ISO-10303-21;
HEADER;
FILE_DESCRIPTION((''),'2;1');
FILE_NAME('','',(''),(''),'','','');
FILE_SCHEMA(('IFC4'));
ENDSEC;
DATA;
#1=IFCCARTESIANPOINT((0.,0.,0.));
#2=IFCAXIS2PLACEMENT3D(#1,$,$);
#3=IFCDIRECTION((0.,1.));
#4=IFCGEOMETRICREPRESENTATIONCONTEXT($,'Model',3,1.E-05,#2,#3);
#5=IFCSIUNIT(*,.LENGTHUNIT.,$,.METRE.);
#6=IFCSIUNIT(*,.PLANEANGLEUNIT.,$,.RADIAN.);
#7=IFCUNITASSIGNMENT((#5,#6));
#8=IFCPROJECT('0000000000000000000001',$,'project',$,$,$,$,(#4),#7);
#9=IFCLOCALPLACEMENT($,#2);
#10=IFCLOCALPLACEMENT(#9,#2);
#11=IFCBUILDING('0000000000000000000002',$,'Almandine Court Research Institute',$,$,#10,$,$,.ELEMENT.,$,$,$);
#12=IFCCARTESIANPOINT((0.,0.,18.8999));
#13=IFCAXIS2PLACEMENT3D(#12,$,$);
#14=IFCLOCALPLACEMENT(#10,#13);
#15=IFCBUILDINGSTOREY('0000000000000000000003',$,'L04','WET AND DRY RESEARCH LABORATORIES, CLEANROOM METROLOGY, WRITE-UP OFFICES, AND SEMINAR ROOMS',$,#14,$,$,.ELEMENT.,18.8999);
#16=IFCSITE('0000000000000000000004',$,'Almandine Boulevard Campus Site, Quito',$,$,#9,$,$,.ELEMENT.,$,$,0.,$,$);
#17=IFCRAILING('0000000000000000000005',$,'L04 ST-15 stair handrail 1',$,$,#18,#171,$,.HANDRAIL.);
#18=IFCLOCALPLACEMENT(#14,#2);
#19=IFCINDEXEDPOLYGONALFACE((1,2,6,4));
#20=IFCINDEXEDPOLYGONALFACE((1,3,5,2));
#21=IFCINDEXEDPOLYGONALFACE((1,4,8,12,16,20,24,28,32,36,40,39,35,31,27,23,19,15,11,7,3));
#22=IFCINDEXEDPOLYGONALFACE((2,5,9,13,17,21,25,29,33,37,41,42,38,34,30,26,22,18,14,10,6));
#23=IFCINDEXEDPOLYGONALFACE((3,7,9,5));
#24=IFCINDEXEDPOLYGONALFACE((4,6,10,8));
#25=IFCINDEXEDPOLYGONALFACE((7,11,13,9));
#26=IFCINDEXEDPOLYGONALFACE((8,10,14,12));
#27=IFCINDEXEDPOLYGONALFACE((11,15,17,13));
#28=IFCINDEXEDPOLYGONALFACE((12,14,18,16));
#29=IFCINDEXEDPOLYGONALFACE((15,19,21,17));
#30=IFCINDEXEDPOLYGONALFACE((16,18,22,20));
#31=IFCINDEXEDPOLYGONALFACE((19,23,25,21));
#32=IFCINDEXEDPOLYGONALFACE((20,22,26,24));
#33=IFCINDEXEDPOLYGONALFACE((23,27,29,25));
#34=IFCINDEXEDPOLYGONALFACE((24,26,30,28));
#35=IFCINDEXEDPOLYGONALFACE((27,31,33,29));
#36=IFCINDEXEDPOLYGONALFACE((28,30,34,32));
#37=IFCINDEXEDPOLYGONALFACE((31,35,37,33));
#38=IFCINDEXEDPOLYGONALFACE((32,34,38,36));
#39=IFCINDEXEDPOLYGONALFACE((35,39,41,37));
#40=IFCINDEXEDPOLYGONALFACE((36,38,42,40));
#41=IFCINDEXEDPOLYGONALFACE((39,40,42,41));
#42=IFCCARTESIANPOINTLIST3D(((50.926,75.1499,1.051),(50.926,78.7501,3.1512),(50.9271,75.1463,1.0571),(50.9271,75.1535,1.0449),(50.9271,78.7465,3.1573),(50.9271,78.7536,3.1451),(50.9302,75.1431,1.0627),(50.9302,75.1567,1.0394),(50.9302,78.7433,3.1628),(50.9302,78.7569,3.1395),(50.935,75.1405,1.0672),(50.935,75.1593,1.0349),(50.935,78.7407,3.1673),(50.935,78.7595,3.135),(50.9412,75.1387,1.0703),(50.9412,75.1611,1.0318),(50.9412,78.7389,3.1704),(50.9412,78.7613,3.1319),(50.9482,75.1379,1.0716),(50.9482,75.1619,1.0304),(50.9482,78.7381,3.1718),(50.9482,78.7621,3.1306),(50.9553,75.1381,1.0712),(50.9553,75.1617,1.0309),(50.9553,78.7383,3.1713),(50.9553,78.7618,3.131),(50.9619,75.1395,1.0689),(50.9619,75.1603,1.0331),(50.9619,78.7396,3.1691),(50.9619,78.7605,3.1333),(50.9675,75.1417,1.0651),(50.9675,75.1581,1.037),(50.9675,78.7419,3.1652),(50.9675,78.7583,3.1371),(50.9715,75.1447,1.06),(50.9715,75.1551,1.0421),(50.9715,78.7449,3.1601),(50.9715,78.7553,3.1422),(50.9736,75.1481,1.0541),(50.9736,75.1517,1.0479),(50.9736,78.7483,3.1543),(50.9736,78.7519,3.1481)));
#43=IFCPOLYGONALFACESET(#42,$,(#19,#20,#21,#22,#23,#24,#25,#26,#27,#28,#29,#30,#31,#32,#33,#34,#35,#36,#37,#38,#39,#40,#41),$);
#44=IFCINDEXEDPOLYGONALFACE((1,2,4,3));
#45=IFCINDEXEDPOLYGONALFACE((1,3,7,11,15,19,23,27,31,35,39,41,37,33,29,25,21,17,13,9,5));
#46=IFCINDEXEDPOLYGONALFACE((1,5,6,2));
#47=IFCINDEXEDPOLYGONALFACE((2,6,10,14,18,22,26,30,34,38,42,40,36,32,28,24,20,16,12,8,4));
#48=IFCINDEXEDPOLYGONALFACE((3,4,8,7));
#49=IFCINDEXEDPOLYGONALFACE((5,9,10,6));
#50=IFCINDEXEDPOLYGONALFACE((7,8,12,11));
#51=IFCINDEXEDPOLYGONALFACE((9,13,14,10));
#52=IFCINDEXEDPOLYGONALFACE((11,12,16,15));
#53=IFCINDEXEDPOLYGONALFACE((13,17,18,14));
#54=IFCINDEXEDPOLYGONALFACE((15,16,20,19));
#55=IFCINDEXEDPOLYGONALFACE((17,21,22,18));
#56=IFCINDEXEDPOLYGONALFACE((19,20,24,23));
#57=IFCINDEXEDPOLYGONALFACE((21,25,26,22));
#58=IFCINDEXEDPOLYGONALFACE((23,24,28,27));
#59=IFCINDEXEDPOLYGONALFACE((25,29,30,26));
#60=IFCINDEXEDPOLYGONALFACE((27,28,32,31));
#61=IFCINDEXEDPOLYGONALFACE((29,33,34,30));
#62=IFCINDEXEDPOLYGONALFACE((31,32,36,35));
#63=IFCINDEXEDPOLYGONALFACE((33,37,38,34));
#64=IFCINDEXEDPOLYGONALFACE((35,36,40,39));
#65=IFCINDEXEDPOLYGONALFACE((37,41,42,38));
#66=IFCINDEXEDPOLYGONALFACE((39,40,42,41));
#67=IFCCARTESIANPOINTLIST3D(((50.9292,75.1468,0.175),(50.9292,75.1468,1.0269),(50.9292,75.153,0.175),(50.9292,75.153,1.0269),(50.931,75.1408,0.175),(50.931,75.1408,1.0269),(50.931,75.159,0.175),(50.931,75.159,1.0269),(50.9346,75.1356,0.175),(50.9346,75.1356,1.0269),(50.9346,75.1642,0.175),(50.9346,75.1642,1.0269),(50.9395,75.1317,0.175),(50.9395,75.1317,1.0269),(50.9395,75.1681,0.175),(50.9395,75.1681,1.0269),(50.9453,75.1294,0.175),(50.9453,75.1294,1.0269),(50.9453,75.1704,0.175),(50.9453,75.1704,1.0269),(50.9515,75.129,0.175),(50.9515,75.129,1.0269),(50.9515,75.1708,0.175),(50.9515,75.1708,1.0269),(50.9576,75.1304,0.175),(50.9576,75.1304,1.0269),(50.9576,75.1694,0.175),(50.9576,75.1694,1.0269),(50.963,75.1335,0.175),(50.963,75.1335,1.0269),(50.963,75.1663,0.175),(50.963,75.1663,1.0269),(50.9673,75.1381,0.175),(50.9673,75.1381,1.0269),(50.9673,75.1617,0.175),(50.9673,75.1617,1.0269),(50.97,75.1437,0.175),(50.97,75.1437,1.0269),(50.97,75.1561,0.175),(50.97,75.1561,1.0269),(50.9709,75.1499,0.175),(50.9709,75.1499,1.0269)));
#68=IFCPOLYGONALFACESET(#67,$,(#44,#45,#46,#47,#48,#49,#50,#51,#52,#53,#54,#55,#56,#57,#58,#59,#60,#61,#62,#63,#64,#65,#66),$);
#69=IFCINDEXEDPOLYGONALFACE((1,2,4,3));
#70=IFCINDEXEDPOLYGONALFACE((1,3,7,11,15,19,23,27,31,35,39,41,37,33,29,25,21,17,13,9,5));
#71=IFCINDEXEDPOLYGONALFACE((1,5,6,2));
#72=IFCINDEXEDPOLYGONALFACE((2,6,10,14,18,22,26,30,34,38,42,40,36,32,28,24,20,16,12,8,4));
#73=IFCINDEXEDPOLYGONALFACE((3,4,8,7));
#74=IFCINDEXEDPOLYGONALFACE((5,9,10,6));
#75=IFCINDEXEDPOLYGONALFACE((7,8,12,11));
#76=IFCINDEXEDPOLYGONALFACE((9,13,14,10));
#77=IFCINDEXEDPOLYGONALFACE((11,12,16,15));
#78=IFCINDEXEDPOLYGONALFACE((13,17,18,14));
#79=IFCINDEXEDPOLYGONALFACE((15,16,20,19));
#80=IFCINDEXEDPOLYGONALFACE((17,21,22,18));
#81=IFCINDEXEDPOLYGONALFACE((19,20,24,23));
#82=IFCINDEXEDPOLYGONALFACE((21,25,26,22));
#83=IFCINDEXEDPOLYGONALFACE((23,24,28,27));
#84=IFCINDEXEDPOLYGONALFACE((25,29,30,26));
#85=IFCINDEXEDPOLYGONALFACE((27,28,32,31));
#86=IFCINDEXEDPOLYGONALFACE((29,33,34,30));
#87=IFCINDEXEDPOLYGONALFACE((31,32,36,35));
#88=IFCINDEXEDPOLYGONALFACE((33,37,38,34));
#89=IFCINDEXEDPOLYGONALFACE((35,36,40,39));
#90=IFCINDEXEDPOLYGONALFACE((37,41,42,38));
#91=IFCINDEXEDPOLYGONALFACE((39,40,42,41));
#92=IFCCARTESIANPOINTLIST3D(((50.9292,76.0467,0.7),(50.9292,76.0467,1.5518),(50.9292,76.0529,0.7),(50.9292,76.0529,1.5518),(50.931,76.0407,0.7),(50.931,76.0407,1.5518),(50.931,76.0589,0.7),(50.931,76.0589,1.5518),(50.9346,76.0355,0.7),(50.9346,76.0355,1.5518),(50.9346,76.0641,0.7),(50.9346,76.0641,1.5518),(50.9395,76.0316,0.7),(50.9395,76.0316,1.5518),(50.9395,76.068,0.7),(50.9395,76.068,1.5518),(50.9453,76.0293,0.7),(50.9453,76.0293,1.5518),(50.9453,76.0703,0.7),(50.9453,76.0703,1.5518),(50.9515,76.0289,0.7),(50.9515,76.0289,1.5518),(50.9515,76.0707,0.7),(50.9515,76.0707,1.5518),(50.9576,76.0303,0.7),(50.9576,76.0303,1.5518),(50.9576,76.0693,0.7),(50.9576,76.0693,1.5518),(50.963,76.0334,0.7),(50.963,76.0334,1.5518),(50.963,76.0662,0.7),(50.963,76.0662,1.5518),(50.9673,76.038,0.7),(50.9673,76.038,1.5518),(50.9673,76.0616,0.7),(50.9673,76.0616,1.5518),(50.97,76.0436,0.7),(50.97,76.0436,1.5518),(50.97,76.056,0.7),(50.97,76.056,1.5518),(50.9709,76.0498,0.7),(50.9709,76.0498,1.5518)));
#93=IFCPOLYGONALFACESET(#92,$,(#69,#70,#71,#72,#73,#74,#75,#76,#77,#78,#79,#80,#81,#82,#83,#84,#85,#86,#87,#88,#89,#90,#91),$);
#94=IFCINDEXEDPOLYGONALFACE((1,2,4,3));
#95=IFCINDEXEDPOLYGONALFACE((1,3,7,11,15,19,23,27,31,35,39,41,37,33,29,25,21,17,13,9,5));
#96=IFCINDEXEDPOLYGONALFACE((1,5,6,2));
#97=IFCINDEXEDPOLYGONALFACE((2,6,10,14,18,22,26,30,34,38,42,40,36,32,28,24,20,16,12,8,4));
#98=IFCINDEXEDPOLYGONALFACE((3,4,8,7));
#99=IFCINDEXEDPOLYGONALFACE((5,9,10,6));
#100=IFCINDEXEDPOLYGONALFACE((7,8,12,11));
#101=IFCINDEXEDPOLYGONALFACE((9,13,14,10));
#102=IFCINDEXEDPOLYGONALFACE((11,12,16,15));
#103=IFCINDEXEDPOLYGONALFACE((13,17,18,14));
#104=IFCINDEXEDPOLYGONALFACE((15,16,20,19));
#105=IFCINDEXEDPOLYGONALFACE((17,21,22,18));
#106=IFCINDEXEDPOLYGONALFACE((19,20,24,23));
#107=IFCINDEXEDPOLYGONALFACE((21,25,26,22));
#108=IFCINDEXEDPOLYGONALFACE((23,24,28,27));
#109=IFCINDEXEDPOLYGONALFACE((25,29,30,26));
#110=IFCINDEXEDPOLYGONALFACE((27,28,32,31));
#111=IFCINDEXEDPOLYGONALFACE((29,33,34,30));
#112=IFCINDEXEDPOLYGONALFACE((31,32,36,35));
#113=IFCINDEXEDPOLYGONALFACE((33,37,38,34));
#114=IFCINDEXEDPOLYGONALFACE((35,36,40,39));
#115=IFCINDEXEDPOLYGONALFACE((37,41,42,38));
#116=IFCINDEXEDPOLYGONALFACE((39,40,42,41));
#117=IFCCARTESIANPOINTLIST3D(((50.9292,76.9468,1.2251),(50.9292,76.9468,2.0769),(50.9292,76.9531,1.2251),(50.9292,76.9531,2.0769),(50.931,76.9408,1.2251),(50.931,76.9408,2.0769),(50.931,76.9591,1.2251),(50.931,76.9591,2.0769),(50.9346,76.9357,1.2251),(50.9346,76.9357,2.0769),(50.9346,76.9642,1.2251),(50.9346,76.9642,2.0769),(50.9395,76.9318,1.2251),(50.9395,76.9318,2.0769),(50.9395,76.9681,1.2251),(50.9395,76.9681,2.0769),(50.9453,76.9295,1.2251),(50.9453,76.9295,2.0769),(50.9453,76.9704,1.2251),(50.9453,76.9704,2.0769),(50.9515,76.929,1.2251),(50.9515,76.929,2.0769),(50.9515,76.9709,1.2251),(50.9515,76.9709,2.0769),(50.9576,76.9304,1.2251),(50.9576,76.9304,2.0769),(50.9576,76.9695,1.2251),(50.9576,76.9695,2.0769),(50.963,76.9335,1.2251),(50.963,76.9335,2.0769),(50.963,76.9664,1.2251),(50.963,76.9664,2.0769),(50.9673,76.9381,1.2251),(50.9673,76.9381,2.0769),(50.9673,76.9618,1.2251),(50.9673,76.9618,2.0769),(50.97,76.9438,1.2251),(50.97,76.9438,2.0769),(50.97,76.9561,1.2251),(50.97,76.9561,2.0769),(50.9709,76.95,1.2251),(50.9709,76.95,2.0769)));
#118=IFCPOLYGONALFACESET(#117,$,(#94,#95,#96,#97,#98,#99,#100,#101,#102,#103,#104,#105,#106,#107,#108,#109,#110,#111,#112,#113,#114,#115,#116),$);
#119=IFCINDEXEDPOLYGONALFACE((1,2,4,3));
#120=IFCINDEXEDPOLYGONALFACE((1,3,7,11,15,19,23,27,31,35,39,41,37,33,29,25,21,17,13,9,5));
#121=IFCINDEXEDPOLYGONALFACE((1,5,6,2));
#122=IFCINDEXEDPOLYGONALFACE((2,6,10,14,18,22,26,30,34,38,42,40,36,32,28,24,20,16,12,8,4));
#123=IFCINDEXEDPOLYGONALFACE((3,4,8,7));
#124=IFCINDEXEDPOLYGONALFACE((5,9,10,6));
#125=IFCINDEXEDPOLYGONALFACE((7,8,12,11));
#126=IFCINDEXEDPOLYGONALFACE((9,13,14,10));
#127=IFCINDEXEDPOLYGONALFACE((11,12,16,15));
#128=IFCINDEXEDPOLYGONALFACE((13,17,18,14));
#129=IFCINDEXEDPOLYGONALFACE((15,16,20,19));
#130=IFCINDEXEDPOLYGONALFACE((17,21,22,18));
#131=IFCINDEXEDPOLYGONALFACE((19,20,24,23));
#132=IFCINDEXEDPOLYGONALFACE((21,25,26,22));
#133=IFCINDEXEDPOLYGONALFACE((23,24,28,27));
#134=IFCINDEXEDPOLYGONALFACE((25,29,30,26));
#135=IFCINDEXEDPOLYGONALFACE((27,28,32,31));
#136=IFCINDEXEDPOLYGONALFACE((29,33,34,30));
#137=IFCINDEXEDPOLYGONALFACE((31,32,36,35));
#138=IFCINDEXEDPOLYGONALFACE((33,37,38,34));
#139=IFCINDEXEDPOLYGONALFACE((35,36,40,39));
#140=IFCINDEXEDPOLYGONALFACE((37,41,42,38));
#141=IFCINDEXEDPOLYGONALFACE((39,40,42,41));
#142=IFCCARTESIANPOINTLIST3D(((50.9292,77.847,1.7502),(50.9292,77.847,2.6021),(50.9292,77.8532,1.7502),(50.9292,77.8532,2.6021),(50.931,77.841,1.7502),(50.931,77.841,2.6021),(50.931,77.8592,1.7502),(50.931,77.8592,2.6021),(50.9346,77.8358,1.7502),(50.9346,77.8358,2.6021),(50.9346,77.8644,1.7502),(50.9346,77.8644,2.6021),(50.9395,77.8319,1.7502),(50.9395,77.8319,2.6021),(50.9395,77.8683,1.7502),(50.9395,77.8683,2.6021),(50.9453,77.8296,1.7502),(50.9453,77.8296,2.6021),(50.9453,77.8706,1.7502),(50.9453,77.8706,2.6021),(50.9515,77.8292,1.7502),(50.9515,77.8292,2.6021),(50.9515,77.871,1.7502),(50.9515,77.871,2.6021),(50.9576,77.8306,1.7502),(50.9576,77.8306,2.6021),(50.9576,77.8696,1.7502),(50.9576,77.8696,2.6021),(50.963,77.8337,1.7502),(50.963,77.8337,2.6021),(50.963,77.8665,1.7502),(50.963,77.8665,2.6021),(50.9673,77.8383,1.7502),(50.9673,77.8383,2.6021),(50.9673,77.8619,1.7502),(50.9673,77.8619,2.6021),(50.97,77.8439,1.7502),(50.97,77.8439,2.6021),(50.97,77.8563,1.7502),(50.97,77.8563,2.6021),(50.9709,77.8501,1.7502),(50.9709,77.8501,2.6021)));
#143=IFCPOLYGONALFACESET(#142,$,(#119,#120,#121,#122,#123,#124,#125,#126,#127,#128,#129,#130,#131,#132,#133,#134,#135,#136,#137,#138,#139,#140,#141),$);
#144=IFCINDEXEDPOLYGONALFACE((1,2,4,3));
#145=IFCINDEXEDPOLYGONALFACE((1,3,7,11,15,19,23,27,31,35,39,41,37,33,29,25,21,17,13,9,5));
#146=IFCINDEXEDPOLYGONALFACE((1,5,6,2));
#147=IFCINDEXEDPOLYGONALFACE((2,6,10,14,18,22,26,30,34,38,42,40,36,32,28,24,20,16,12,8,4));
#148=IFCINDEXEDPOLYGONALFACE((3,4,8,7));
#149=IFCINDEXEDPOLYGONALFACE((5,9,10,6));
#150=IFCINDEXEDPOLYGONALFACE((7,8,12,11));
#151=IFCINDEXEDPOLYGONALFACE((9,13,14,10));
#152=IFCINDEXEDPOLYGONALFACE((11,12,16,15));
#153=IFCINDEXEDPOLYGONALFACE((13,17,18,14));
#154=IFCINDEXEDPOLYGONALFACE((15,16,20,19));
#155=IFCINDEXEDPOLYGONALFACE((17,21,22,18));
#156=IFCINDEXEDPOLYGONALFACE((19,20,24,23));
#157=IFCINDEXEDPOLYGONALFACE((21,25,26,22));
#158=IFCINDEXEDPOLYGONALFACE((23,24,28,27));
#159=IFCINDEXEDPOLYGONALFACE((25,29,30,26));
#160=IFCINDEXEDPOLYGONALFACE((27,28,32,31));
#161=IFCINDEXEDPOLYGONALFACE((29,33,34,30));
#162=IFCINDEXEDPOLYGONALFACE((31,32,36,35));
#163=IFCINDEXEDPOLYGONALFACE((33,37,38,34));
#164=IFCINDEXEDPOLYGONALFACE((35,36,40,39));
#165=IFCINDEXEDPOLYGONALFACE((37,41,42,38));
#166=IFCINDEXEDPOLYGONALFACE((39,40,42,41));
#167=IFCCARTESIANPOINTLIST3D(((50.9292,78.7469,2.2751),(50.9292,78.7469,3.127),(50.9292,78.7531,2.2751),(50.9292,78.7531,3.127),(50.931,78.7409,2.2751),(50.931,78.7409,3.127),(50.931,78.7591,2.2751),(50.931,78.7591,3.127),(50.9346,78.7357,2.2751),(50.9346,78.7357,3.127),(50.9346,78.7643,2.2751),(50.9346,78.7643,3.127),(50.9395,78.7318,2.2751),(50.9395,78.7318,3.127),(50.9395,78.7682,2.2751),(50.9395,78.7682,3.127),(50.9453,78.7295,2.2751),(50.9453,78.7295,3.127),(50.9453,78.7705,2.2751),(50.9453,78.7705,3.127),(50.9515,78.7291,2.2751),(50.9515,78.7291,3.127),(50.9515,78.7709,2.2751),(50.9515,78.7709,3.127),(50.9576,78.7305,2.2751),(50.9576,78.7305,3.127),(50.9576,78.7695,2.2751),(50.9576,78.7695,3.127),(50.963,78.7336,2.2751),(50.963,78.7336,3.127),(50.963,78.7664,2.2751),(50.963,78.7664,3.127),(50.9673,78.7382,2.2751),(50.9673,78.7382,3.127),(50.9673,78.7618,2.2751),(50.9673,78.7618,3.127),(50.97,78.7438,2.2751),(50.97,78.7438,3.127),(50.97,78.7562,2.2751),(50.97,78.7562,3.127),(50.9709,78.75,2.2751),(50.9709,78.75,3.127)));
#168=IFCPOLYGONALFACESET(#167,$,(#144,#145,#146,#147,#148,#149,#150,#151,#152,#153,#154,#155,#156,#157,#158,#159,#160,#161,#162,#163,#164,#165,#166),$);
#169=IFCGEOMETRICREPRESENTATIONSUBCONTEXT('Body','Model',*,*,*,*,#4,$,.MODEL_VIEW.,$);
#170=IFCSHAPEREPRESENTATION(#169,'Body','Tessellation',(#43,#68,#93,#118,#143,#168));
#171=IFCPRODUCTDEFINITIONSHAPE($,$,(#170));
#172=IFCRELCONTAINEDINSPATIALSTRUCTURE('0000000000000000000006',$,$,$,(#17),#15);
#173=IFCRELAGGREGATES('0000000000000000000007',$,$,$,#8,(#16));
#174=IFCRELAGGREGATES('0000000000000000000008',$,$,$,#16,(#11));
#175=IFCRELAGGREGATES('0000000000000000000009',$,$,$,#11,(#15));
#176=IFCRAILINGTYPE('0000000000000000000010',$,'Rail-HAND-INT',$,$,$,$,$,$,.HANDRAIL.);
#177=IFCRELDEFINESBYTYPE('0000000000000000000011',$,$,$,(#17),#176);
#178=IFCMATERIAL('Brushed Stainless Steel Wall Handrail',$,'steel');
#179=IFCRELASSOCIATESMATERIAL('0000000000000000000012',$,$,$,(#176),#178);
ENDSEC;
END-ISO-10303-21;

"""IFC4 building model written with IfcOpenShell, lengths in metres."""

from ifc_helpers import new_model, si_unit, direction, frame, origin, origin_2d, place, context, subcontext, project, spatial, circle, extrude, material, type_object, element, save


model = new_model("IFC4")

# Units and contexts
model_context = context("Model", 3, precision=1e-05, world=origin(), true_north=direction((0.0, 1.0)))
body_context = subcontext(model_context, "Body", "Model", "MODEL_VIEW")
ifc_project = project(units=[si_unit("LENGTHUNIT", "METRE"), si_unit("PLANEANGLEUNIT", "RADIAN")], contexts=[model_context])

# Site, building, storey
site_placement = place(None, origin())
site = spatial("IfcSite", under=ifc_project, at=site_placement, Name="Almandine Boulevard Campus Site, Quito", CompositionType="ELEMENT", RefElevation=0.0)
building_placement = place(site_placement, origin())
building = spatial("IfcBuilding", under=site, at=building_placement, Name="Almandine Court Research Institute", CompositionType="ELEMENT")
storey_placement = place(building_placement, frame((0.0, 0.0, 18.8999)))
storey = spatial("IfcBuildingStorey", under=building, at=storey_placement, Name="L04", Description="WET AND DRY RESEARCH LABORATORIES, CLEANROOM METROLOGY, WRITE-UP OFFICES, AND SEMINAR ROOMS", CompositionType="ELEMENT", Elevation=18.8999)

# Railing
ifc_material_1 = material(Name="Brushed Stainless Steel Wall Handrail", Category="steel")
railing_type_1 = type_object("IfcRailingType", Name="Rail-HAND-INT", PredefinedType="HANDRAIL", material=ifc_material_1)
railing_1_placement = place(storey_placement, frame((50.95, 75.1499, 0.175)))
element("IfcRailing", 1, at=railing_1_placement, inside=storey, type_object=railing_type_1, Name="L04 ST-15 stair handrail 1", PredefinedType="HANDRAIL", context=body_context, shape_type="SweptSolid", body=[
    extrude(circle(Radius=0.0239, at=origin_2d()), frame((0.0, 0.0, 0.876), z_axis=(0.0, 0.863775, 0.503878), x_axis=(-1.0, 0.0, 0.0)), (0.0, 0.0, 1.0), 4.168),
    extrude(circle(Radius=0.021, at=origin_2d()), origin(), (0.0, 0.0, 1.0), 0.8518),
    extrude(circle(Radius=0.021, at=origin_2d()), frame((0.0, 0.8999, 0.5249)), (0.0, 0.0, 1.0), 0.8518),
    extrude(circle(Radius=0.021, at=origin_2d()), frame((0.0, 1.8, 1.05)), (0.0, 0.0, 1.0), 0.8518),
    extrude(circle(Radius=0.021, at=origin_2d()), frame((0.0, 2.7002, 1.5752)), (0.0, 0.0, 1.0), 0.8518),
    extrude(circle(Radius=0.021, at=origin_2d()), frame((0.0, 3.6001, 2.1001)), (0.0, 0.0, 1.0), 0.8518),
])

save(model, "model.ifc")
